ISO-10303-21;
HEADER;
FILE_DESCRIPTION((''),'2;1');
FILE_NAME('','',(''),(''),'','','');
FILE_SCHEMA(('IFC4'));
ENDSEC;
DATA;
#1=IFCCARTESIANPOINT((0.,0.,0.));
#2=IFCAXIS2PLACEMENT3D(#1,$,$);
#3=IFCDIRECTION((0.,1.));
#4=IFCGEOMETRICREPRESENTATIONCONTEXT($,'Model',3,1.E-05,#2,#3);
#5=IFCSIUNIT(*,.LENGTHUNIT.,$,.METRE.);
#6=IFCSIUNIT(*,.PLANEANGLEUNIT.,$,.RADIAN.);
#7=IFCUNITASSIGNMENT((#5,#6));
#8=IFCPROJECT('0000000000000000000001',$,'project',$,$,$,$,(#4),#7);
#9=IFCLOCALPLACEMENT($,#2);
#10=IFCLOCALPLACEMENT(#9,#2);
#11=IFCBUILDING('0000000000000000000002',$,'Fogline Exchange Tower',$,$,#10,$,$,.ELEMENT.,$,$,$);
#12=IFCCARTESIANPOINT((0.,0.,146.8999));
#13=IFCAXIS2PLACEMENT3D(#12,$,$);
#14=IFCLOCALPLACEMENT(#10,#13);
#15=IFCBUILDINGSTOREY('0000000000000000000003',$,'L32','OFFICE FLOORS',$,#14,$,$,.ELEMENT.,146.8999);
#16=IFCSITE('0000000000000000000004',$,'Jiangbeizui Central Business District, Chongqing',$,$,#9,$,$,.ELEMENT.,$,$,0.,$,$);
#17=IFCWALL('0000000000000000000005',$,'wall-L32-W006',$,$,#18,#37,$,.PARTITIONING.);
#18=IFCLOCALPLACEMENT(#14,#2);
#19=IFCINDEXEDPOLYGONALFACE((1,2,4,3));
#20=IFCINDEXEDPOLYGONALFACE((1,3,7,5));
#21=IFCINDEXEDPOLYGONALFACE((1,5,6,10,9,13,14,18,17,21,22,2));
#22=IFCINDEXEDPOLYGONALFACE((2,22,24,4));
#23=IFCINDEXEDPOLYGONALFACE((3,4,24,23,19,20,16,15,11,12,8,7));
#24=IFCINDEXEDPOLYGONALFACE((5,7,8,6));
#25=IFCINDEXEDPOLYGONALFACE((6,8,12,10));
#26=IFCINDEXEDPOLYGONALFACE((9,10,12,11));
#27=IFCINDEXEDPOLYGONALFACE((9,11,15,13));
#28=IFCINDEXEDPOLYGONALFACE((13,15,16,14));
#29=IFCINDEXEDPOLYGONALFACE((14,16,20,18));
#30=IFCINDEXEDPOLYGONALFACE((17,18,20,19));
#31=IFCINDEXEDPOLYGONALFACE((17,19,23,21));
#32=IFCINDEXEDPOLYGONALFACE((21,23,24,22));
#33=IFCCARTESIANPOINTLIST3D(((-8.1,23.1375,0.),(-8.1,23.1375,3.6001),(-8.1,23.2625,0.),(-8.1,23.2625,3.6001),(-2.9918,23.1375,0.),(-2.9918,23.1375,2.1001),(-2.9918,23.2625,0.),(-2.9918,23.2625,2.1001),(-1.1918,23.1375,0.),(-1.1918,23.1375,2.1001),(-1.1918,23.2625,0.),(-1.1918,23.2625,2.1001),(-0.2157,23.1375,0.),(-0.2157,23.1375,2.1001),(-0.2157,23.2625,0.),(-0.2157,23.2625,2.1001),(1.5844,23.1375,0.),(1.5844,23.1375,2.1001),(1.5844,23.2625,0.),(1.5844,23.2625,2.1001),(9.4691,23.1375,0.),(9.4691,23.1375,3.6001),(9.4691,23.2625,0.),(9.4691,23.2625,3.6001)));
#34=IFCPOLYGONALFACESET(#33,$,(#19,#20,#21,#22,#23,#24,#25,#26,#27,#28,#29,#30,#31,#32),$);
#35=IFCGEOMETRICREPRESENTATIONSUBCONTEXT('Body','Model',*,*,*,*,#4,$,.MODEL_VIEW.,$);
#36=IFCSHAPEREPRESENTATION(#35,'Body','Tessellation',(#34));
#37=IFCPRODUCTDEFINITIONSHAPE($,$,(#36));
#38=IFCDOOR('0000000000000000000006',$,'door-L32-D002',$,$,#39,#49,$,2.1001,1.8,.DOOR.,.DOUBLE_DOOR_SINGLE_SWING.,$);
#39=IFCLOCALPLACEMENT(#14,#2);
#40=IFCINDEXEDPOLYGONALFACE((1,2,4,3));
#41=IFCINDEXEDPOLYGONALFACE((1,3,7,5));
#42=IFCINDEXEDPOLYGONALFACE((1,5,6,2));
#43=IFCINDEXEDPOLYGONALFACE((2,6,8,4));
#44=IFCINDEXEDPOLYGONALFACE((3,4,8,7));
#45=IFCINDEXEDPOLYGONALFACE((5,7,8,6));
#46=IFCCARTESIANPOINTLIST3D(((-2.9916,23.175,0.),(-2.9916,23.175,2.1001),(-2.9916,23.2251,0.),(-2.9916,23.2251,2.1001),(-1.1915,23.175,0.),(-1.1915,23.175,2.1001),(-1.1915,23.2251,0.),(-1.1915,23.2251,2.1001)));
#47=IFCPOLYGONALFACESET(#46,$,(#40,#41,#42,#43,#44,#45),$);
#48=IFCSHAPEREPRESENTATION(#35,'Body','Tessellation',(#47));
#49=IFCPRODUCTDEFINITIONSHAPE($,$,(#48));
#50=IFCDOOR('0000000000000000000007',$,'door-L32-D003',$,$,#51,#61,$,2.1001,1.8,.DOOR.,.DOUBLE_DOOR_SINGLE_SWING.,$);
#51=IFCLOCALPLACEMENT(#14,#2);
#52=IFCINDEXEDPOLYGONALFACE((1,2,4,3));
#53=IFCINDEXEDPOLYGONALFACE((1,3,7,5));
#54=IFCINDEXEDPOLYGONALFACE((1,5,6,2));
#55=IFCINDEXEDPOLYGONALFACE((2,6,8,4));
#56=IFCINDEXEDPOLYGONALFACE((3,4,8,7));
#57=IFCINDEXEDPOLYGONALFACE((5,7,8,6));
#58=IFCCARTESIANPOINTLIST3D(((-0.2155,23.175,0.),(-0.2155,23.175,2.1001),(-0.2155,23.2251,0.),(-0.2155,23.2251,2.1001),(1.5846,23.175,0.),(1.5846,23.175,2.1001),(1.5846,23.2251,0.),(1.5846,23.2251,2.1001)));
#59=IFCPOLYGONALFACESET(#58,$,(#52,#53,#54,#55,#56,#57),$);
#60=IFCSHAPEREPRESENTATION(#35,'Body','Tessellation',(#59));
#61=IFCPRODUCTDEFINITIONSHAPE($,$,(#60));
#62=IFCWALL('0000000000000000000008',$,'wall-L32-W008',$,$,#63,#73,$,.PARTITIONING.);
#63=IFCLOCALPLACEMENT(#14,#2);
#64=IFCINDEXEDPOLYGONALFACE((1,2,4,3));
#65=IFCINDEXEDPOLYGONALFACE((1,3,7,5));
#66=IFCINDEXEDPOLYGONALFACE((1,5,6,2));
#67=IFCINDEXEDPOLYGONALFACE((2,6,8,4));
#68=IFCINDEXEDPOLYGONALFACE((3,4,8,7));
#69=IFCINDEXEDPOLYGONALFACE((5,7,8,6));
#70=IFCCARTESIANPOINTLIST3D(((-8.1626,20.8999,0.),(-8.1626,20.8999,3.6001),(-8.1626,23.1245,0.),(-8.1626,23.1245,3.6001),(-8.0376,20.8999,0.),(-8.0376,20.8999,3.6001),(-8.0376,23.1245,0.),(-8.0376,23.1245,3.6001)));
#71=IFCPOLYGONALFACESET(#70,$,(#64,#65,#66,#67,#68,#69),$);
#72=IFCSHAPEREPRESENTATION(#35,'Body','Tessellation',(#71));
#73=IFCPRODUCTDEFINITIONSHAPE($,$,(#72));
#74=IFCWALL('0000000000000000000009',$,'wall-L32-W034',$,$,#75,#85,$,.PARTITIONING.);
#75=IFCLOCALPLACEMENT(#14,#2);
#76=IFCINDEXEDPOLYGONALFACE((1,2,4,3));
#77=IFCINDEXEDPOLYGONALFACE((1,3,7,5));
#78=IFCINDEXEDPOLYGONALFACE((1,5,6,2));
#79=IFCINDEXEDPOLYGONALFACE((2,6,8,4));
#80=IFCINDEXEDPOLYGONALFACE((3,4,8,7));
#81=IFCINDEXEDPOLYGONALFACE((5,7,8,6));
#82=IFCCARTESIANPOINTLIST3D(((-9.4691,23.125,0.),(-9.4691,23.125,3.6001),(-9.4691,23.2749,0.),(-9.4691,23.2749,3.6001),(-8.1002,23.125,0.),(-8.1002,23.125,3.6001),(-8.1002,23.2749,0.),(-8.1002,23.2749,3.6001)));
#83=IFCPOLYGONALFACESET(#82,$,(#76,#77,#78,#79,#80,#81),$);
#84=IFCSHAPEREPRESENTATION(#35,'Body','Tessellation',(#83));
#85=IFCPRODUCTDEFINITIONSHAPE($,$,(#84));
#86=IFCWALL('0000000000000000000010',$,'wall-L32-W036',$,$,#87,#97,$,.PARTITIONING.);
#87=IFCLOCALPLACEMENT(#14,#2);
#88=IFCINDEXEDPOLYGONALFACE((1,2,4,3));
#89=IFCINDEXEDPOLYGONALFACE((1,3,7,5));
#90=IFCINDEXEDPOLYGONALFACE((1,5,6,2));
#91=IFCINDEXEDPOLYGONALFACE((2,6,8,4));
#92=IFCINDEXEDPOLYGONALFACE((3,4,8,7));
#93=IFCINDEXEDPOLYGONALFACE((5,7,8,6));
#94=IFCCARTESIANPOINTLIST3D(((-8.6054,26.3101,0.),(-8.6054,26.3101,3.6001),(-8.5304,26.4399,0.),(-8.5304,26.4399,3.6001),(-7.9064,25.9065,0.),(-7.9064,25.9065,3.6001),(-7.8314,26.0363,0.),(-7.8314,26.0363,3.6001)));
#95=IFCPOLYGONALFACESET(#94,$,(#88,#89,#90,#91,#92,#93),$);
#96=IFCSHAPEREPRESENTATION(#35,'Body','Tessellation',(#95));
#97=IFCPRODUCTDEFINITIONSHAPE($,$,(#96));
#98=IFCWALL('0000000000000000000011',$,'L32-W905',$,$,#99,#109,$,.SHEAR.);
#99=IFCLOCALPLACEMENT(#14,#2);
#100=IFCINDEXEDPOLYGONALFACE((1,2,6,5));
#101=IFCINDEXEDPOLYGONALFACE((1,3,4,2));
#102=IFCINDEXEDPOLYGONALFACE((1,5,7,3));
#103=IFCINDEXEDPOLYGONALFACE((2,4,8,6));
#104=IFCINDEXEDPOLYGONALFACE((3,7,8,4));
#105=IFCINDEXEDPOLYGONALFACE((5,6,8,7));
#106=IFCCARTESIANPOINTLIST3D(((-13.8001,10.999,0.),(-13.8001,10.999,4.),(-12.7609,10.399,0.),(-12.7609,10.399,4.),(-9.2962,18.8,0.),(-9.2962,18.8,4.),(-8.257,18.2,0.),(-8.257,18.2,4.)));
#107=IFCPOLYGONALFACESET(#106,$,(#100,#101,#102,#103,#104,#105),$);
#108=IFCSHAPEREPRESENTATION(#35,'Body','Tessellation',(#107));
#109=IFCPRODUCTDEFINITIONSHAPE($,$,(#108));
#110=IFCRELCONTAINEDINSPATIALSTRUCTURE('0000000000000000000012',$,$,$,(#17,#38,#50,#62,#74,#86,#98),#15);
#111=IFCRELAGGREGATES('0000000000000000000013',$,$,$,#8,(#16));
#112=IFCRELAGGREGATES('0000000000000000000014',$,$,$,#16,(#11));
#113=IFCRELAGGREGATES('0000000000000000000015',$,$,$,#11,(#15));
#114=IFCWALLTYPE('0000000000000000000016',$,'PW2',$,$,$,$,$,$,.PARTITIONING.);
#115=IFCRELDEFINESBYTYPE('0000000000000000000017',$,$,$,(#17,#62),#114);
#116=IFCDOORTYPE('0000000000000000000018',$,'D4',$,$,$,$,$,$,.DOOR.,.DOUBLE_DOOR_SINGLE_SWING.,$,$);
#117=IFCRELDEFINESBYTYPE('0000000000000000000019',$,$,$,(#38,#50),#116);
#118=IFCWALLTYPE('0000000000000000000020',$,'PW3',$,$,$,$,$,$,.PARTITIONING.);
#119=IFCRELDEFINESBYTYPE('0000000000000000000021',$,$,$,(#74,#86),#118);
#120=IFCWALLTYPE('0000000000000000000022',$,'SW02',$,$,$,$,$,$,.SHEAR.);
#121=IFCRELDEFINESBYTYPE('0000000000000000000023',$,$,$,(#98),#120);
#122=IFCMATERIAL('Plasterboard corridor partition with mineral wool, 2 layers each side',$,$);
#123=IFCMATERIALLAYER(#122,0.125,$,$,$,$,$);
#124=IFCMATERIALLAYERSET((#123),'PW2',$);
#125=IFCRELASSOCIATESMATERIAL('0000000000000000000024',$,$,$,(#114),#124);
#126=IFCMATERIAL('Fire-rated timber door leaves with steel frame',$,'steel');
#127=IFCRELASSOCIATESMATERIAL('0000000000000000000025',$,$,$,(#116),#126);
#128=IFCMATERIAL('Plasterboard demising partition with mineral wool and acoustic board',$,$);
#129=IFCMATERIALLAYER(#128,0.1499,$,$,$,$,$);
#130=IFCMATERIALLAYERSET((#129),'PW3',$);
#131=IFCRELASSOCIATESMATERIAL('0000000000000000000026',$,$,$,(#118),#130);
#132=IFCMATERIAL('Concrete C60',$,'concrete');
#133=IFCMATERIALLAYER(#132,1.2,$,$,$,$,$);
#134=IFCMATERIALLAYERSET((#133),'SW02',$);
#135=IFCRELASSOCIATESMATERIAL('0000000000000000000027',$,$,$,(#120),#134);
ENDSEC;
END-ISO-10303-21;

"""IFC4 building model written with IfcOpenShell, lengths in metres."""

from ifc_helpers import new_model, si_unit, direction, frame, frame_2d, origin, place, context, subcontext, project, spatial, rectangle, extrude, material, layer, layer_set, type_object, element, fill, save


model = new_model("IFC4")

# Units and contexts
model_context = context("Model", 3, precision=1e-05, world=origin(), true_north=direction((0.0, 1.0)))
body_context = subcontext(model_context, "Body", "Model", "MODEL_VIEW")
ifc_project = project(units=[si_unit("LENGTHUNIT", "METRE"), si_unit("PLANEANGLEUNIT", "RADIAN")], contexts=[model_context])

# Site, building, storey
site_placement = place(None, origin())
site = spatial("IfcSite", under=ifc_project, at=site_placement, Name="Jiangbeizui Central Business District, Chongqing", CompositionType="ELEMENT", RefElevation=0.0)
building_placement = place(site_placement, origin())
building = spatial("IfcBuilding", under=site, at=building_placement, Name="Fogline Exchange Tower", CompositionType="ELEMENT")
storey_placement = place(building_placement, frame((0.0, 0.0, 146.8999)))
storey = spatial("IfcBuildingStorey", under=building, at=storey_placement, Name="L32", Description="OFFICE FLOORS", CompositionType="ELEMENT", Elevation=146.8999)

# Wall, openings, doors
ifc_material_1 = material(Name="Plasterboard corridor partition with mineral wool, 2 layers each side")
ifc_layer_1 = layer(ifc_material_1, 0.125)
ifc_layer_set_1 = layer_set([ifc_layer_1], Name="PW2")
wall_type_1 = type_object("IfcWallType", Name="PW2", PredefinedType="PARTITIONING", material=ifc_layer_set_1)
wall_1_placement = place(storey_placement, frame((-8.1001, 23.2, 0.0), z_axis=(0.0, 0.0, 1.0), x_axis=(1.0, 0.0, 0.0)))
wall_1 = element("IfcWall", 1, at=wall_1_placement, inside=storey, type_object=wall_type_1, Name="wall-L32-W006", PredefinedType="PARTITIONING", context=body_context, shape_type="SweptSolid", body=[
    extrude(rectangle(XDim=17.5691, YDim=0.125, at=frame_2d((8.7847, 0.0))), origin(), (0.0, 0.0, 1.0), 3.6001),
])
opening_1_placement = place(wall_1_placement, frame((5.1084, 0.0, 0.0)))
opening_1 = element("IfcOpeningElement", 2, at=opening_1_placement, cuts=wall_1, PredefinedType="OPENING", context=body_context, shape_type="SweptSolid", body=[
    extrude(rectangle(XDim=1.8, YDim=2.1001, at=frame_2d((0.8999, 1.05))), frame((0.0, 0.0725, 0.0), z_axis=(0.0, -1.0, 0.0), x_axis=(1.0, 0.0, 0.0)), (0.0, 0.0, 1.0), 0.145),
])
opening_2_placement = place(wall_1_placement, frame((7.8845, 0.0, 0.0)))
opening_2 = element("IfcOpeningElement", 3, at=opening_2_placement, cuts=wall_1, PredefinedType="OPENING", context=body_context, shape_type="SweptSolid", body=[
    extrude(rectangle(XDim=1.8, YDim=2.1001, at=frame_2d((0.8999, 1.05))), frame((0.0, 0.0725, 0.0), z_axis=(0.0, -1.0, 0.0), x_axis=(1.0, 0.0, 0.0)), (0.0, 0.0, 1.0), 0.145),
])
ifc_material_2 = material(Name="Fire-rated timber door leaves with steel frame", Category="steel")
door_type_1 = type_object("IfcDoorType", Name="D4", OperationType="DOUBLE_DOOR_SINGLE_SWING", PredefinedType="DOOR", material=ifc_material_2)
door_1_placement = place(opening_1_placement, frame((1.8, 0.0, 0.0), z_axis=(0.0, 0.0, 1.0), x_axis=(-1.0, 0.0, 0.0)))
door_1 = element("IfcDoor", 4, at=door_1_placement, inside=storey, type_object=door_type_1, Name="door-L32-D002", OperationType="DOUBLE_DOOR_SINGLE_SWING", OverallHeight=2.1001, OverallWidth=1.8, PredefinedType="DOOR", context=body_context, shape_type="SweptSolid", body=[
    extrude(rectangle(XDim=1.8, YDim=2.1001, at=frame_2d((0.8999, 1.05))), frame((0.0, 0.0249, 0.0), z_axis=(0.0, -1.0, 0.0), x_axis=(1.0, 0.0, 0.0)), (0.0, 0.0, 1.0), 0.05),
])
fill(opening_1, door_1)
door_2_placement = place(opening_2_placement, frame((1.8, 0.0, 0.0), z_axis=(0.0, 0.0, 1.0), x_axis=(-1.0, 0.0, 0.0)))
door_2 = element("IfcDoor", 5, at=door_2_placement, inside=storey, type_object=door_type_1, Name="door-L32-D003", OperationType="DOUBLE_DOOR_SINGLE_SWING", OverallHeight=2.1001, OverallWidth=1.8, PredefinedType="DOOR", context=body_context, shape_type="SweptSolid", body=[
    extrude(rectangle(XDim=1.8, YDim=2.1001, at=frame_2d((0.8999, 1.05))), frame((0.0, 0.0249, 0.0), z_axis=(0.0, -1.0, 0.0), x_axis=(1.0, 0.0, 0.0)), (0.0, 0.0, 1.0), 0.05),
])
fill(opening_2, door_2)

# Walls
wall_2_placement = place(storey_placement, frame((-8.1001, 20.8999, 0.0), z_axis=(0.0, 0.0, 1.0), x_axis=(0.0, 1.0, 0.0)))
element("IfcWall", 6, at=wall_2_placement, inside=storey, type_object=wall_type_1, Name="wall-L32-W008", PredefinedType="PARTITIONING", context=body_context, shape_type="SweptSolid", body=[
    extrude(rectangle(XDim=2.2246, YDim=0.125, at=frame_2d((1.1123, 0.0))), origin(), (0.0, 0.0, 1.0), 3.6001),
])
ifc_material_3 = material(Name="Plasterboard demising partition with mineral wool and acoustic board")
ifc_layer_2 = layer(ifc_material_3, 0.1499)
ifc_layer_set_2 = layer_set([ifc_layer_2], Name="PW3")
wall_type_2 = type_object("IfcWallType", Name="PW3", PredefinedType="PARTITIONING", material=ifc_layer_set_2)
wall_3_placement = place(storey_placement, frame((-8.1001, 23.2, 0.0), z_axis=(0.0, 0.0, 1.0), x_axis=(-1.0, 0.0, 0.0)))
element("IfcWall", 7, at=wall_3_placement, inside=storey, type_object=wall_type_2, Name="wall-L32-W034", PredefinedType="PARTITIONING", context=body_context, shape_type="SweptSolid", body=[
    extrude(rectangle(XDim=1.3689, YDim=0.1499, at=frame_2d((0.6846, 0.0))), origin(), (0.0, 0.0, 1.0), 3.6001),
])
wall_4_placement = place(storey_placement, frame((-7.8689, 25.9714, 0.0), z_axis=(0.0, 0.0, 1.0), x_axis=(-0.866019, 0.50001, 0.0)))
element("IfcWall", 8, at=wall_4_placement, inside=storey, type_object=wall_type_2, Name="wall-L32-W036", PredefinedType="PARTITIONING", context=body_context, shape_type="SweptSolid", body=[
    extrude(rectangle(XDim=0.8071, YDim=0.1499, at=frame_2d((0.4036, 0.0))), origin(), (0.0, 0.0, 1.0), 3.6001),
])
ifc_material_4 = material(Name="Concrete C60", Category="concrete")
ifc_layer_3 = layer(ifc_material_4, 1.2)
ifc_layer_set_3 = layer_set([ifc_layer_3], Name="SW02")
wall_type_3 = type_object("IfcWallType", Name="SW02", PredefinedType="SHEAR", material=ifc_layer_set_3)
wall_5_placement = place(storey_placement, frame((-8.7766, 18.5, 0.0), z_axis=(0.0, 0.0, 1.0), x_axis=(-0.499999, -0.866026, 0.0)))
element("IfcWall", 9, at=wall_5_placement, inside=storey, type_object=wall_type_3, Name="L32-W905", PredefinedType="SHEAR", context=body_context, shape_type="SweptSolid", body=[
    extrude(rectangle(XDim=9.0078, YDim=1.2, at=frame_2d((4.5039, 0.0))), origin(), (0.0, 0.0, 1.0), 4.0),
])

save(model, "model.ifc")
